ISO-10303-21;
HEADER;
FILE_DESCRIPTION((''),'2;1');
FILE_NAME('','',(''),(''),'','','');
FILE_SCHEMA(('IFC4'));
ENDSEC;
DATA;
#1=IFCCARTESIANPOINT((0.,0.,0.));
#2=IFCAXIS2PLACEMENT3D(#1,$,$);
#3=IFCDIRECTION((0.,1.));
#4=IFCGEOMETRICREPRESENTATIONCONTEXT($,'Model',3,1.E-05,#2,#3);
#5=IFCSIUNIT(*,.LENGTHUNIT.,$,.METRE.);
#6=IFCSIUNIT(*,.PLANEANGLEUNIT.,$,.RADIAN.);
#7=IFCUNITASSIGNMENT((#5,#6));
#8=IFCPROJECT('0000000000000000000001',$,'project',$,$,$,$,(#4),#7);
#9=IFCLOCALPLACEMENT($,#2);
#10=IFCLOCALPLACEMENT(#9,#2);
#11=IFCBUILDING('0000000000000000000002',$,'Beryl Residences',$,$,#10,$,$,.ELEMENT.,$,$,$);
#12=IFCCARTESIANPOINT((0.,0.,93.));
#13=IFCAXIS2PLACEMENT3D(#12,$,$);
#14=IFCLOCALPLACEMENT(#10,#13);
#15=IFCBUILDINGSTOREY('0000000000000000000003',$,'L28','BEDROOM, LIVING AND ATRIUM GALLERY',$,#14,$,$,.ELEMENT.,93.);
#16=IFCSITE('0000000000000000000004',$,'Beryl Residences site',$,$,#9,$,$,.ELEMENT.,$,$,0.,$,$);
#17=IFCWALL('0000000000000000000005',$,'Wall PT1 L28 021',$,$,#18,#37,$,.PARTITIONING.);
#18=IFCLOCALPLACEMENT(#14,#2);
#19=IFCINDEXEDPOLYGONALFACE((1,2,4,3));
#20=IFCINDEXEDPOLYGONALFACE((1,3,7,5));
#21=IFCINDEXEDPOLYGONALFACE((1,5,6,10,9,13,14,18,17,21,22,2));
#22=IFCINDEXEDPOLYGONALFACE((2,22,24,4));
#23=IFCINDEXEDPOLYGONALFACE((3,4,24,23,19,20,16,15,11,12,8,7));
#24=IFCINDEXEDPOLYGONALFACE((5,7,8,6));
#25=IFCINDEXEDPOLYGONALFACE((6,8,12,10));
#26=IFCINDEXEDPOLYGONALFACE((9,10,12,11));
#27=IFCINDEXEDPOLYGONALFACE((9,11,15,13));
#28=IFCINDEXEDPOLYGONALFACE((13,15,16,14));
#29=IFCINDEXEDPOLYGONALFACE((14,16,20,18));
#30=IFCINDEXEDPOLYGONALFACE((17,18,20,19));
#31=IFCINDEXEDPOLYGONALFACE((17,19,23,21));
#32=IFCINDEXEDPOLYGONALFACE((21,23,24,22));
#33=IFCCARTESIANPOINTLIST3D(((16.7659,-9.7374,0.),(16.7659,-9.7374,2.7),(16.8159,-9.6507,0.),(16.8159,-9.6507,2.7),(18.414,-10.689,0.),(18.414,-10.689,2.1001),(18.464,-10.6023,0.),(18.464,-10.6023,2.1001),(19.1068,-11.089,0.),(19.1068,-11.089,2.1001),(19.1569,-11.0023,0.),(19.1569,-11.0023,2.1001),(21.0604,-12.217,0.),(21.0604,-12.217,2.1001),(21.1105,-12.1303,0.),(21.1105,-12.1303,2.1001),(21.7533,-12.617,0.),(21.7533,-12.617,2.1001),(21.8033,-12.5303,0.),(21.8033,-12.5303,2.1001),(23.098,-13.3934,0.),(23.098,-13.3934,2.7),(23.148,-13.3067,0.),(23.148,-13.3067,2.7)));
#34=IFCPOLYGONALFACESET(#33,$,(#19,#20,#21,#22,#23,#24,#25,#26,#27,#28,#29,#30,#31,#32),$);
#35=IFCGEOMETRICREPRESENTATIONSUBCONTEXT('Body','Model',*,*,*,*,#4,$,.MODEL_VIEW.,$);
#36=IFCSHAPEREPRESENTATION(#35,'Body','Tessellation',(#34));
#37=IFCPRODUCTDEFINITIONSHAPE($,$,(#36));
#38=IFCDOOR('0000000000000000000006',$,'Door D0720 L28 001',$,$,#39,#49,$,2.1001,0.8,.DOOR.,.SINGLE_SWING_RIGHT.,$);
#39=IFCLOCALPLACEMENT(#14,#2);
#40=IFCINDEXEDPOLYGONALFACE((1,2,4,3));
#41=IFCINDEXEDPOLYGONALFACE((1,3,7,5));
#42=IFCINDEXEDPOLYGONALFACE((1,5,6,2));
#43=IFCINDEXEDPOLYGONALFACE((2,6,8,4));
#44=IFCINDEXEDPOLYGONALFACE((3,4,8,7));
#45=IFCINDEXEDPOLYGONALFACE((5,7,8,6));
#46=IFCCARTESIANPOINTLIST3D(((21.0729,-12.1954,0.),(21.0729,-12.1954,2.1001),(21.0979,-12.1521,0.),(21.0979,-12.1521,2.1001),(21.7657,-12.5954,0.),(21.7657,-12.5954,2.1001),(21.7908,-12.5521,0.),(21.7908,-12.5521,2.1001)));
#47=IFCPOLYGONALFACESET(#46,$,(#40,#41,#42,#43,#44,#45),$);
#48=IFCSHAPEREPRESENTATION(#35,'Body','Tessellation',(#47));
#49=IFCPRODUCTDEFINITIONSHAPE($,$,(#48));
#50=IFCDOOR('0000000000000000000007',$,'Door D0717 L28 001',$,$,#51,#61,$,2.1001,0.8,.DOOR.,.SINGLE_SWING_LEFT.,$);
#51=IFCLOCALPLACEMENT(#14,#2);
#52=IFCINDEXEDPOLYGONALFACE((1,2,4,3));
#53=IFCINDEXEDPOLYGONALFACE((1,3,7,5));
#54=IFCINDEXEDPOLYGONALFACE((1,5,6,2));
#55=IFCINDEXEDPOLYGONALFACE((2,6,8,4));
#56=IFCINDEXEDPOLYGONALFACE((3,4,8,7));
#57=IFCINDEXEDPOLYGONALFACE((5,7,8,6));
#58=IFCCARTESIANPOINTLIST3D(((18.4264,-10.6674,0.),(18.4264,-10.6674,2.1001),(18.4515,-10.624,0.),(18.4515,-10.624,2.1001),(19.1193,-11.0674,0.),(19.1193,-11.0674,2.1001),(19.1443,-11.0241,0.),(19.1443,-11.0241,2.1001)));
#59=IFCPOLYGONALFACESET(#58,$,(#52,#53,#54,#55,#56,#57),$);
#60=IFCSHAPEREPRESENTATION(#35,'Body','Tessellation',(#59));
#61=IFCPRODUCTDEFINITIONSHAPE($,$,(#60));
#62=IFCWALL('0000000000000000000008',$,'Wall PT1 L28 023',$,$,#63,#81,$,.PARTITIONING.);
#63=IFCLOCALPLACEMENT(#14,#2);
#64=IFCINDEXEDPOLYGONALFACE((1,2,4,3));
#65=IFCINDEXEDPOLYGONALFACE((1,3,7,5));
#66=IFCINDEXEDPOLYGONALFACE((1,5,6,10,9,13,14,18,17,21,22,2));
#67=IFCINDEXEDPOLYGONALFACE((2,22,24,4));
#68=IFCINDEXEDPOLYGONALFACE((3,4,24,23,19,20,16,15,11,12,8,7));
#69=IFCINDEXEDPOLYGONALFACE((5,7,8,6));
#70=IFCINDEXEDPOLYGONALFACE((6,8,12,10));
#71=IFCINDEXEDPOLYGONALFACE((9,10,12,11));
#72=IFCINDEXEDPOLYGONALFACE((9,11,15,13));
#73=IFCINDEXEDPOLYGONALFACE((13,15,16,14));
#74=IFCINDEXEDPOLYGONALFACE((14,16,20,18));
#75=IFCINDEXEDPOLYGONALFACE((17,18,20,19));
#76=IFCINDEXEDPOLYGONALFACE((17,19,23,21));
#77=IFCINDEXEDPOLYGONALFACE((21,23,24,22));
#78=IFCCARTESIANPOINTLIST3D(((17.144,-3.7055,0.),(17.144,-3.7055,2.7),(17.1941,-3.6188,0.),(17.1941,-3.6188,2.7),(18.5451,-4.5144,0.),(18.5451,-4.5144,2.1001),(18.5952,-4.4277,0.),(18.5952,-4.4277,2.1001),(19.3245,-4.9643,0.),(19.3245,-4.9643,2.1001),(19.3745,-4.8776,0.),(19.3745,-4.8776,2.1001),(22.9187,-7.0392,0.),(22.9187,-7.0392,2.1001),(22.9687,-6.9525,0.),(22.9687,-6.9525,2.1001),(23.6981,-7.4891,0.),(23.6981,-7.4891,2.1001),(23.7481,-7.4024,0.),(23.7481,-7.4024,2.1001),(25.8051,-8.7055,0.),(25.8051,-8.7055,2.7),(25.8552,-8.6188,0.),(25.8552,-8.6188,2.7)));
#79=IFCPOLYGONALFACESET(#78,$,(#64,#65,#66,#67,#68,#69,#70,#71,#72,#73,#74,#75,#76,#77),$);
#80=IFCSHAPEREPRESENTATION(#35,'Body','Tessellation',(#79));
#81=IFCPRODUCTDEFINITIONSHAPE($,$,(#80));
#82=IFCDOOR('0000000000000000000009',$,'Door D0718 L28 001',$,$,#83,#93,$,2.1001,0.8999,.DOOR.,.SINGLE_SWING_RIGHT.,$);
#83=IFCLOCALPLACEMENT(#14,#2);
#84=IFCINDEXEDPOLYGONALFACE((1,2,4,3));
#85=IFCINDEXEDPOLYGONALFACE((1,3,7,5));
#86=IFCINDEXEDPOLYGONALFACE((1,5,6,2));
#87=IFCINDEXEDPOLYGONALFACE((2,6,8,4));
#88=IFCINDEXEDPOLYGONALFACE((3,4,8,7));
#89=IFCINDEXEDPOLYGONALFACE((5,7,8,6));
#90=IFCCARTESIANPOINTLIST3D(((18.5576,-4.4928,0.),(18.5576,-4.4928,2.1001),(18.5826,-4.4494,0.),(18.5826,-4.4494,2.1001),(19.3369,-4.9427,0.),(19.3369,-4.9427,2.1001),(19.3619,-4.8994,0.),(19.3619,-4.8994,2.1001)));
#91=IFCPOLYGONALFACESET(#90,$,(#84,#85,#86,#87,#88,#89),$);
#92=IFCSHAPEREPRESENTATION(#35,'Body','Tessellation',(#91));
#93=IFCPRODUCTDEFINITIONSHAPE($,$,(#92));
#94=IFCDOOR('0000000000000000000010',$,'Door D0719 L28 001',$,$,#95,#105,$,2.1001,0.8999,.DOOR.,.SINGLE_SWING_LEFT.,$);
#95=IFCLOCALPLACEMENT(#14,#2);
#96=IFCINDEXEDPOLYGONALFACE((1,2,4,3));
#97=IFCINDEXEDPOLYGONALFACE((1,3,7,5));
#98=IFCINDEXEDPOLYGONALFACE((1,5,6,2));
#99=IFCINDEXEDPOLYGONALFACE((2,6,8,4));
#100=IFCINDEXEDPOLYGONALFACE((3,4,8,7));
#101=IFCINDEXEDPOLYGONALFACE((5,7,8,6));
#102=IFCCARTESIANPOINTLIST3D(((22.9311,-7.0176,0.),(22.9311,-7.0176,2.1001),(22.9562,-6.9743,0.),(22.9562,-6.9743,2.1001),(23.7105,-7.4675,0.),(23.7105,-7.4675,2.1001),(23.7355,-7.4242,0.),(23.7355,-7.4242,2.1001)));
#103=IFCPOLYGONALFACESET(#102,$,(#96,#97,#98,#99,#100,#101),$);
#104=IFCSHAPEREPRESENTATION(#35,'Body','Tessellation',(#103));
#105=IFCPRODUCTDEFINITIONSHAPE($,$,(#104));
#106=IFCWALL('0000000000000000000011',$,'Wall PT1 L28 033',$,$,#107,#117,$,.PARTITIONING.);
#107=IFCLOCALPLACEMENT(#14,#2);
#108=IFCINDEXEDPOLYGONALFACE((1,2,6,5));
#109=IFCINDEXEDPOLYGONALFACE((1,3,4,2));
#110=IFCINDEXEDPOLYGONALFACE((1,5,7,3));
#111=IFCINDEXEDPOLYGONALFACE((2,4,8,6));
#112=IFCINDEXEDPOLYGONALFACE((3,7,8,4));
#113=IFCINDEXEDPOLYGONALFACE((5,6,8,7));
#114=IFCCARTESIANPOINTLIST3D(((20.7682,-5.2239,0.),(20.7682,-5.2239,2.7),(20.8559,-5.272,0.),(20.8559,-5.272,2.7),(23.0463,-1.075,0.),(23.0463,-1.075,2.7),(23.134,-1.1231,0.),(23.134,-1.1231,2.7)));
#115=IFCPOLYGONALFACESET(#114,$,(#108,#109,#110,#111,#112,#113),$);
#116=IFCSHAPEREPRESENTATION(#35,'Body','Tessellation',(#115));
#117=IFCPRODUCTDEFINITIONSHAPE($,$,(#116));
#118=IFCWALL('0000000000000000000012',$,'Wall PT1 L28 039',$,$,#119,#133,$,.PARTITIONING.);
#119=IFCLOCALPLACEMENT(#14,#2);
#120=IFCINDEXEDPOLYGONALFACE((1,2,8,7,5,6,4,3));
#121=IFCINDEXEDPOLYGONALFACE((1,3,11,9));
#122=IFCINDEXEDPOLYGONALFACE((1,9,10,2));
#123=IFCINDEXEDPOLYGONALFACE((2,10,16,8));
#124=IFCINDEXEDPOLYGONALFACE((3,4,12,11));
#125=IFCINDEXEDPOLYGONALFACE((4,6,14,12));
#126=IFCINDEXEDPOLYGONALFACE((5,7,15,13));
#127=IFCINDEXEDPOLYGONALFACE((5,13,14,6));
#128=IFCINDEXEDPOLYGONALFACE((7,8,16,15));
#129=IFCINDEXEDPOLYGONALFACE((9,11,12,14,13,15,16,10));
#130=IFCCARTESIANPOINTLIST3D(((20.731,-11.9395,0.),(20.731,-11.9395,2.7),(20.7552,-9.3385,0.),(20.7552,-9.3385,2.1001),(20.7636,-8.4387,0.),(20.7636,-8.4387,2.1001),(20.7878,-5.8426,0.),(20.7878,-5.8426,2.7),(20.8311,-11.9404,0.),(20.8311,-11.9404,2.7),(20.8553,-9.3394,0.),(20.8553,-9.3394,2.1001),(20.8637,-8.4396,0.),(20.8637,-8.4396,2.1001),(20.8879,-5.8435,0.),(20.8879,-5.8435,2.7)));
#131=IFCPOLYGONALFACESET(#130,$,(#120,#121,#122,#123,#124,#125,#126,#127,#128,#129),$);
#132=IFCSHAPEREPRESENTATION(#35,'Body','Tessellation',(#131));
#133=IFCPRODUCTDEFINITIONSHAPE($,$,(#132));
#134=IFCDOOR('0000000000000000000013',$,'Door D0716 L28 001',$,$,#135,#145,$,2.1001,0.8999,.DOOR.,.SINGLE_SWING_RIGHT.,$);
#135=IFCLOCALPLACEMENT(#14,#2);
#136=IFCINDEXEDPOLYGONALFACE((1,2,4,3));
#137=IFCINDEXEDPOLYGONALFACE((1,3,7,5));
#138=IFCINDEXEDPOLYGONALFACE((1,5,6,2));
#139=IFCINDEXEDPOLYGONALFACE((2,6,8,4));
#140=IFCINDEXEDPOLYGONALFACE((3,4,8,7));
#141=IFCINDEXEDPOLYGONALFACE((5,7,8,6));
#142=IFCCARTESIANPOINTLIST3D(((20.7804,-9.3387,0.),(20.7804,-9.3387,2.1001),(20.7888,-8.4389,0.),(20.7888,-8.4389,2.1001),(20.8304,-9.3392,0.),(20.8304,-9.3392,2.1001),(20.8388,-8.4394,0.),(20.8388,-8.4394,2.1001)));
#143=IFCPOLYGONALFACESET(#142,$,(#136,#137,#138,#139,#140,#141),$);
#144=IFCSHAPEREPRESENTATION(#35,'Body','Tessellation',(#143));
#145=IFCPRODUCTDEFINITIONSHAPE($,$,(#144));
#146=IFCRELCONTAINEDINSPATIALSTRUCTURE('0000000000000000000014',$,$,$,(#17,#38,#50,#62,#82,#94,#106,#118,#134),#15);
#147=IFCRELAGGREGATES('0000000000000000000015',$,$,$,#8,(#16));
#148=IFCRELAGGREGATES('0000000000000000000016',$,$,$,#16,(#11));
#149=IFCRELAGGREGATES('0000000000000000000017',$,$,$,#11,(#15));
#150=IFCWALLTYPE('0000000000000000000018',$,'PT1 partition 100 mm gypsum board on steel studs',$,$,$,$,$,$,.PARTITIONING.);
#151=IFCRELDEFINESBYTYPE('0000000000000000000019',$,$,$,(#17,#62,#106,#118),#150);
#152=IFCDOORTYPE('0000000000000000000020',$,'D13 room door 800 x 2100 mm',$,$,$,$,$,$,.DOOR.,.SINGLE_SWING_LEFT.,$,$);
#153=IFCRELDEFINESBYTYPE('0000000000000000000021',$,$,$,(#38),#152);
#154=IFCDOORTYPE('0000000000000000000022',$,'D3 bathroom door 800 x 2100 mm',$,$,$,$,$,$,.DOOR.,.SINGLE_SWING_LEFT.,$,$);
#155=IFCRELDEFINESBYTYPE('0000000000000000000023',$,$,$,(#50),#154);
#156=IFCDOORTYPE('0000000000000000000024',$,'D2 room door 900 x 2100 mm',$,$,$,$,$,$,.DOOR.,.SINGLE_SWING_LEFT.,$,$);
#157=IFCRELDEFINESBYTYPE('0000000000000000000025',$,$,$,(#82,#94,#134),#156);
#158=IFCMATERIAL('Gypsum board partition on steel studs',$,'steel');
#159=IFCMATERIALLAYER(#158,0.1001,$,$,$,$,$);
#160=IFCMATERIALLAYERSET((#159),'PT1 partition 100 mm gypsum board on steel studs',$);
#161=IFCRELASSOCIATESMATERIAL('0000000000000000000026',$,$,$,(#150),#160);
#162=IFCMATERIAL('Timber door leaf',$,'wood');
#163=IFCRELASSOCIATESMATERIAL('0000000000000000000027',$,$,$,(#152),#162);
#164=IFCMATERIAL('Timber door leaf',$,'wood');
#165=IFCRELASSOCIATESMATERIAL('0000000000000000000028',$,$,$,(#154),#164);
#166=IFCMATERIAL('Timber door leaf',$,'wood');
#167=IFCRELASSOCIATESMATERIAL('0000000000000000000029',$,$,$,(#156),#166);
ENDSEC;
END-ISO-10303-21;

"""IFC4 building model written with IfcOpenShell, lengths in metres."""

from ifc_helpers import new_model, si_unit, direction, frame, frame_2d, origin, place, context, subcontext, project, spatial, rectangle, extrude, material, layer, layer_set, type_object, element, fill, save


model = new_model("IFC4")

# Units and contexts
model_context = context("Model", 3, precision=1e-05, world=origin(), true_north=direction((0.0, 1.0)))
body_context = subcontext(model_context, "Body", "Model", "MODEL_VIEW")
ifc_project = project(units=[si_unit("LENGTHUNIT", "METRE"), si_unit("PLANEANGLEUNIT", "RADIAN")], contexts=[model_context])

# Site, building, storey
site_placement = place(None, origin())
site = spatial("IfcSite", under=ifc_project, at=site_placement, Name="Beryl Residences site", CompositionType="ELEMENT", RefElevation=0.0)
building_placement = place(site_placement, origin())
building = spatial("IfcBuilding", under=site, at=building_placement, Name="Beryl Residences", CompositionType="ELEMENT")
storey_placement = place(building_placement, frame((0.0, 0.0, 93.0)))
storey = spatial("IfcBuildingStorey", under=building, at=storey_placement, Name="L28", Description="BEDROOM, LIVING AND ATRIUM GALLERY", CompositionType="ELEMENT", Elevation=93.0)

# Shared definitions
ifc_material_1 = material(Name="Gypsum board partition on steel studs", Category="steel")
ifc_layer_1 = layer(ifc_material_1, 0.1001)
ifc_layer_set_1 = layer_set([ifc_layer_1], Name="PT1 partition 100 mm gypsum board on steel studs")
wall_type_1 = type_object("IfcWallType", Name="PT1 partition 100 mm gypsum board on steel studs", PredefinedType="PARTITIONING", material=ifc_layer_set_1)

# Walls, openings, doors
wall_1_placement = place(storey_placement, frame((16.791, -9.6941, 0.0), z_axis=(0.0, 0.0, 1.0), x_axis=(0.866013, -0.500021, 0.0)))
wall_1 = element("IfcWall", 1, at=wall_1_placement, inside=storey, type_object=wall_type_1, Name="Wall PT1 L28 021", PredefinedType="PARTITIONING", context=body_context, shape_type="SweptSolid", body=[
    extrude(rectangle(XDim=7.3118, YDim=0.1001, at=frame_2d((3.6558, 0.0))), origin(), (0.0, 0.0, 1.0), 2.7),
])
opening_1_placement = place(wall_1_placement, frame((1.9031, 0.0, 0.0)))
opening_1 = element("IfcOpeningElement", 2, at=opening_1_placement, cuts=wall_1, PredefinedType="OPENING", context=body_context, shape_type="SweptSolid", body=[
    extrude(rectangle(XDim=0.8, YDim=2.1001, at=frame_2d((0.3999, 1.05))), frame((0.0, 0.0601, 0.0), z_axis=(0.0, -1.0, 0.0), x_axis=(1.0, 0.0, 0.0)), (0.0, 0.0, 1.0), 0.1201),
])
opening_2_placement = place(wall_1_placement, frame((4.959, 0.0, 0.0)))
opening_2 = element("IfcOpeningElement", 3, at=opening_2_placement, cuts=wall_1, PredefinedType="OPENING", context=body_context, shape_type="SweptSolid", body=[
    extrude(rectangle(XDim=0.8, YDim=2.1001, at=frame_2d((0.3999, 1.05))), frame((0.0, 0.0601, 0.0), z_axis=(0.0, -1.0, 0.0), x_axis=(1.0, 0.0, 0.0)), (0.0, 0.0, 1.0), 0.1201),
])
ifc_material_2 = material(Name="Timber door leaf", Category="wood")
door_type_1 = type_object("IfcDoorType", Name="D13 room door 800 x 2100 mm", OperationType="SINGLE_SWING_LEFT", PredefinedType="DOOR", material=ifc_material_2)
door_1_placement = place(opening_2_placement, origin())
door_1 = element("IfcDoor", 4, at=door_1_placement, inside=storey, type_object=door_type_1, Name="Door D0720 L28 001", OperationType="SINGLE_SWING_RIGHT", OverallHeight=2.1001, OverallWidth=0.8, PredefinedType="DOOR", context=body_context, shape_type="SweptSolid", body=[
    extrude(rectangle(XDim=0.8, YDim=2.1001, at=frame_2d((0.3999, 1.05))), frame((0.0, 0.0249, 0.0), z_axis=(0.0, -1.0, 0.0), x_axis=(1.0, 0.0, 0.0)), (0.0, 0.0, 1.0), 0.05),
])
fill(opening_2, door_1)
ifc_material_3 = material(Name="Timber door leaf", Category="wood")
door_type_2 = type_object("IfcDoorType", Name="D3 bathroom door 800 x 2100 mm", OperationType="SINGLE_SWING_LEFT", PredefinedType="DOOR", material=ifc_material_3)
door_2_placement = place(opening_1_placement, origin())
door_2 = element("IfcDoor", 5, at=door_2_placement, inside=storey, type_object=door_type_2, Name="Door D0717 L28 001", OperationType="SINGLE_SWING_LEFT", OverallHeight=2.1001, OverallWidth=0.8, PredefinedType="DOOR", context=body_context, shape_type="SweptSolid", body=[
    extrude(rectangle(XDim=0.8, YDim=2.1001, at=frame_2d((0.3999, 1.05))), frame((0.0, 0.0249, 0.0), z_axis=(0.0, -1.0, 0.0), x_axis=(1.0, 0.0, 0.0)), (0.0, 0.0, 1.0), 0.05),
])
fill(opening_1, door_2)
wall_2_placement = place(storey_placement, frame((17.1689, -3.6621, 0.0), z_axis=(0.0, 0.0, 1.0), x_axis=(0.866047, -0.499962, 0.0)))
wall_2 = element("IfcWall", 6, at=wall_2_placement, inside=storey, type_object=wall_type_1, Name="Wall PT1 L28 023", PredefinedType="PARTITIONING", context=body_context, shape_type="SweptSolid", body=[
    extrude(rectangle(XDim=10.0007, YDim=0.1001, at=frame_2d((5.0005, 0.0))), origin(), (0.0, 0.0, 1.0), 2.7),
])
opening_3_placement = place(wall_2_placement, frame((1.6179, 0.0, 0.0)))
opening_3 = element("IfcOpeningElement", 7, at=opening_3_placement, cuts=wall_2, PredefinedType="OPENING", context=body_context, shape_type="SweptSolid", body=[
    extrude(rectangle(XDim=0.8999, YDim=2.1001, at=frame_2d((0.45, 1.05))), frame((0.0, 0.0601, 0.0), z_axis=(0.0, -1.0, 0.0), x_axis=(1.0, 0.0, 0.0)), (0.0, 0.0, 1.0), 0.1201),
])
opening_4_placement = place(wall_2_placement, frame((6.668, 0.0, 0.0)))
opening_4 = element("IfcOpeningElement", 8, at=opening_4_placement, cuts=wall_2, PredefinedType="OPENING", context=body_context, shape_type="SweptSolid", body=[
    extrude(rectangle(XDim=0.8999, YDim=2.1001, at=frame_2d((0.45, 1.05))), frame((0.0, 0.0601, 0.0), z_axis=(0.0, -1.0, 0.0), x_axis=(1.0, 0.0, 0.0)), (0.0, 0.0, 1.0), 0.1201),
])
ifc_material_4 = material(Name="Timber door leaf", Category="wood")
door_type_3 = type_object("IfcDoorType", Name="D2 room door 900 x 2100 mm", OperationType="SINGLE_SWING_LEFT", PredefinedType="DOOR", material=ifc_material_4)
door_3_placement = place(opening_3_placement, origin())
door_3 = element("IfcDoor", 9, at=door_3_placement, inside=storey, type_object=door_type_3, Name="Door D0718 L28 001", OperationType="SINGLE_SWING_RIGHT", OverallHeight=2.1001, OverallWidth=0.8999, PredefinedType="DOOR", context=body_context, shape_type="SweptSolid", body=[
    extrude(rectangle(XDim=0.8999, YDim=2.1001, at=frame_2d((0.45, 1.05))), frame((0.0, 0.0249, 0.0), z_axis=(0.0, -1.0, 0.0), x_axis=(1.0, 0.0, 0.0)), (0.0, 0.0, 1.0), 0.05),
])
fill(opening_3, door_3)
door_4_placement = place(opening_4_placement, origin())
door_4 = element("IfcDoor", 10, at=door_4_placement, inside=storey, type_object=door_type_3, Name="Door D0719 L28 001", OperationType="SINGLE_SWING_LEFT", OverallHeight=2.1001, OverallWidth=0.8999, PredefinedType="DOOR", context=body_context, shape_type="SweptSolid", body=[
    extrude(rectangle(XDim=0.8999, YDim=2.1001, at=frame_2d((0.45, 1.05))), frame((0.0, 0.0249, 0.0), z_axis=(0.0, -1.0, 0.0), x_axis=(1.0, 0.0, 0.0)), (0.0, 0.0, 1.0), 0.05),
])
fill(opening_4, door_4)

# Wall
wall_3_placement = place(storey_placement, frame((20.812, -5.248, 0.0), z_axis=(0.0, 0.0, 1.0), x_axis=(0.481297, 0.876558, 0.0)))
element("IfcWall", 11, at=wall_3_placement, inside=storey, type_object=wall_type_1, Name="Wall PT1 L28 033", PredefinedType="PARTITIONING", context=body_context, shape_type="SweptSolid", body=[
    extrude(rectangle(XDim=4.7332, YDim=0.1001, at=frame_2d((2.3667, 0.0))), origin(), (0.0, 0.0, 1.0), 2.7),
])

# Wall, opening, door
wall_4_placement = place(storey_placement, frame((20.781, -11.9399, 0.0), z_axis=(0.0, 0.0, 1.0), x_axis=(0.00933, 0.999956, 0.0)))
wall_4 = element("IfcWall", 12, at=wall_4_placement, inside=storey, type_object=wall_type_1, Name="Wall PT1 L28 039", PredefinedType="PARTITIONING", context=body_context, shape_type="SweptSolid", body=[
    extrude(rectangle(XDim=6.0972, YDim=0.1001, at=frame_2d((3.0486, 0.0))), origin(), (0.0, 0.0, 1.0), 2.7),
])
opening_5_placement = place(wall_4_placement, frame((2.6011, 0.0, 0.0)))
opening_5 = element("IfcOpeningElement", 13, at=opening_5_placement, cuts=wall_4, PredefinedType="OPENING", context=body_context, shape_type="SweptSolid", body=[
    extrude(rectangle(XDim=0.8999, YDim=2.1001, at=frame_2d((0.45, 1.05))), frame((0.0, 0.0601, 0.0), z_axis=(0.0, -1.0, 0.0), x_axis=(1.0, 0.0, 0.0)), (0.0, 0.0, 1.0), 0.1201),
])
door_5_placement = place(opening_5_placement, origin())
door_5 = element("IfcDoor", 14, at=door_5_placement, inside=storey, type_object=door_type_3, Name="Door D0716 L28 001", OperationType="SINGLE_SWING_RIGHT", OverallHeight=2.1001, OverallWidth=0.8999, PredefinedType="DOOR", context=body_context, shape_type="SweptSolid", body=[
    extrude(rectangle(XDim=0.8999, YDim=2.1001, at=frame_2d((0.45, 1.05))), frame((0.0, 0.0249, 0.0), z_axis=(0.0, -1.0, 0.0), x_axis=(1.0, 0.0, 0.0)), (0.0, 0.0, 1.0), 0.05),
])
fill(opening_5, door_5)

save(model, "model.ifc")
